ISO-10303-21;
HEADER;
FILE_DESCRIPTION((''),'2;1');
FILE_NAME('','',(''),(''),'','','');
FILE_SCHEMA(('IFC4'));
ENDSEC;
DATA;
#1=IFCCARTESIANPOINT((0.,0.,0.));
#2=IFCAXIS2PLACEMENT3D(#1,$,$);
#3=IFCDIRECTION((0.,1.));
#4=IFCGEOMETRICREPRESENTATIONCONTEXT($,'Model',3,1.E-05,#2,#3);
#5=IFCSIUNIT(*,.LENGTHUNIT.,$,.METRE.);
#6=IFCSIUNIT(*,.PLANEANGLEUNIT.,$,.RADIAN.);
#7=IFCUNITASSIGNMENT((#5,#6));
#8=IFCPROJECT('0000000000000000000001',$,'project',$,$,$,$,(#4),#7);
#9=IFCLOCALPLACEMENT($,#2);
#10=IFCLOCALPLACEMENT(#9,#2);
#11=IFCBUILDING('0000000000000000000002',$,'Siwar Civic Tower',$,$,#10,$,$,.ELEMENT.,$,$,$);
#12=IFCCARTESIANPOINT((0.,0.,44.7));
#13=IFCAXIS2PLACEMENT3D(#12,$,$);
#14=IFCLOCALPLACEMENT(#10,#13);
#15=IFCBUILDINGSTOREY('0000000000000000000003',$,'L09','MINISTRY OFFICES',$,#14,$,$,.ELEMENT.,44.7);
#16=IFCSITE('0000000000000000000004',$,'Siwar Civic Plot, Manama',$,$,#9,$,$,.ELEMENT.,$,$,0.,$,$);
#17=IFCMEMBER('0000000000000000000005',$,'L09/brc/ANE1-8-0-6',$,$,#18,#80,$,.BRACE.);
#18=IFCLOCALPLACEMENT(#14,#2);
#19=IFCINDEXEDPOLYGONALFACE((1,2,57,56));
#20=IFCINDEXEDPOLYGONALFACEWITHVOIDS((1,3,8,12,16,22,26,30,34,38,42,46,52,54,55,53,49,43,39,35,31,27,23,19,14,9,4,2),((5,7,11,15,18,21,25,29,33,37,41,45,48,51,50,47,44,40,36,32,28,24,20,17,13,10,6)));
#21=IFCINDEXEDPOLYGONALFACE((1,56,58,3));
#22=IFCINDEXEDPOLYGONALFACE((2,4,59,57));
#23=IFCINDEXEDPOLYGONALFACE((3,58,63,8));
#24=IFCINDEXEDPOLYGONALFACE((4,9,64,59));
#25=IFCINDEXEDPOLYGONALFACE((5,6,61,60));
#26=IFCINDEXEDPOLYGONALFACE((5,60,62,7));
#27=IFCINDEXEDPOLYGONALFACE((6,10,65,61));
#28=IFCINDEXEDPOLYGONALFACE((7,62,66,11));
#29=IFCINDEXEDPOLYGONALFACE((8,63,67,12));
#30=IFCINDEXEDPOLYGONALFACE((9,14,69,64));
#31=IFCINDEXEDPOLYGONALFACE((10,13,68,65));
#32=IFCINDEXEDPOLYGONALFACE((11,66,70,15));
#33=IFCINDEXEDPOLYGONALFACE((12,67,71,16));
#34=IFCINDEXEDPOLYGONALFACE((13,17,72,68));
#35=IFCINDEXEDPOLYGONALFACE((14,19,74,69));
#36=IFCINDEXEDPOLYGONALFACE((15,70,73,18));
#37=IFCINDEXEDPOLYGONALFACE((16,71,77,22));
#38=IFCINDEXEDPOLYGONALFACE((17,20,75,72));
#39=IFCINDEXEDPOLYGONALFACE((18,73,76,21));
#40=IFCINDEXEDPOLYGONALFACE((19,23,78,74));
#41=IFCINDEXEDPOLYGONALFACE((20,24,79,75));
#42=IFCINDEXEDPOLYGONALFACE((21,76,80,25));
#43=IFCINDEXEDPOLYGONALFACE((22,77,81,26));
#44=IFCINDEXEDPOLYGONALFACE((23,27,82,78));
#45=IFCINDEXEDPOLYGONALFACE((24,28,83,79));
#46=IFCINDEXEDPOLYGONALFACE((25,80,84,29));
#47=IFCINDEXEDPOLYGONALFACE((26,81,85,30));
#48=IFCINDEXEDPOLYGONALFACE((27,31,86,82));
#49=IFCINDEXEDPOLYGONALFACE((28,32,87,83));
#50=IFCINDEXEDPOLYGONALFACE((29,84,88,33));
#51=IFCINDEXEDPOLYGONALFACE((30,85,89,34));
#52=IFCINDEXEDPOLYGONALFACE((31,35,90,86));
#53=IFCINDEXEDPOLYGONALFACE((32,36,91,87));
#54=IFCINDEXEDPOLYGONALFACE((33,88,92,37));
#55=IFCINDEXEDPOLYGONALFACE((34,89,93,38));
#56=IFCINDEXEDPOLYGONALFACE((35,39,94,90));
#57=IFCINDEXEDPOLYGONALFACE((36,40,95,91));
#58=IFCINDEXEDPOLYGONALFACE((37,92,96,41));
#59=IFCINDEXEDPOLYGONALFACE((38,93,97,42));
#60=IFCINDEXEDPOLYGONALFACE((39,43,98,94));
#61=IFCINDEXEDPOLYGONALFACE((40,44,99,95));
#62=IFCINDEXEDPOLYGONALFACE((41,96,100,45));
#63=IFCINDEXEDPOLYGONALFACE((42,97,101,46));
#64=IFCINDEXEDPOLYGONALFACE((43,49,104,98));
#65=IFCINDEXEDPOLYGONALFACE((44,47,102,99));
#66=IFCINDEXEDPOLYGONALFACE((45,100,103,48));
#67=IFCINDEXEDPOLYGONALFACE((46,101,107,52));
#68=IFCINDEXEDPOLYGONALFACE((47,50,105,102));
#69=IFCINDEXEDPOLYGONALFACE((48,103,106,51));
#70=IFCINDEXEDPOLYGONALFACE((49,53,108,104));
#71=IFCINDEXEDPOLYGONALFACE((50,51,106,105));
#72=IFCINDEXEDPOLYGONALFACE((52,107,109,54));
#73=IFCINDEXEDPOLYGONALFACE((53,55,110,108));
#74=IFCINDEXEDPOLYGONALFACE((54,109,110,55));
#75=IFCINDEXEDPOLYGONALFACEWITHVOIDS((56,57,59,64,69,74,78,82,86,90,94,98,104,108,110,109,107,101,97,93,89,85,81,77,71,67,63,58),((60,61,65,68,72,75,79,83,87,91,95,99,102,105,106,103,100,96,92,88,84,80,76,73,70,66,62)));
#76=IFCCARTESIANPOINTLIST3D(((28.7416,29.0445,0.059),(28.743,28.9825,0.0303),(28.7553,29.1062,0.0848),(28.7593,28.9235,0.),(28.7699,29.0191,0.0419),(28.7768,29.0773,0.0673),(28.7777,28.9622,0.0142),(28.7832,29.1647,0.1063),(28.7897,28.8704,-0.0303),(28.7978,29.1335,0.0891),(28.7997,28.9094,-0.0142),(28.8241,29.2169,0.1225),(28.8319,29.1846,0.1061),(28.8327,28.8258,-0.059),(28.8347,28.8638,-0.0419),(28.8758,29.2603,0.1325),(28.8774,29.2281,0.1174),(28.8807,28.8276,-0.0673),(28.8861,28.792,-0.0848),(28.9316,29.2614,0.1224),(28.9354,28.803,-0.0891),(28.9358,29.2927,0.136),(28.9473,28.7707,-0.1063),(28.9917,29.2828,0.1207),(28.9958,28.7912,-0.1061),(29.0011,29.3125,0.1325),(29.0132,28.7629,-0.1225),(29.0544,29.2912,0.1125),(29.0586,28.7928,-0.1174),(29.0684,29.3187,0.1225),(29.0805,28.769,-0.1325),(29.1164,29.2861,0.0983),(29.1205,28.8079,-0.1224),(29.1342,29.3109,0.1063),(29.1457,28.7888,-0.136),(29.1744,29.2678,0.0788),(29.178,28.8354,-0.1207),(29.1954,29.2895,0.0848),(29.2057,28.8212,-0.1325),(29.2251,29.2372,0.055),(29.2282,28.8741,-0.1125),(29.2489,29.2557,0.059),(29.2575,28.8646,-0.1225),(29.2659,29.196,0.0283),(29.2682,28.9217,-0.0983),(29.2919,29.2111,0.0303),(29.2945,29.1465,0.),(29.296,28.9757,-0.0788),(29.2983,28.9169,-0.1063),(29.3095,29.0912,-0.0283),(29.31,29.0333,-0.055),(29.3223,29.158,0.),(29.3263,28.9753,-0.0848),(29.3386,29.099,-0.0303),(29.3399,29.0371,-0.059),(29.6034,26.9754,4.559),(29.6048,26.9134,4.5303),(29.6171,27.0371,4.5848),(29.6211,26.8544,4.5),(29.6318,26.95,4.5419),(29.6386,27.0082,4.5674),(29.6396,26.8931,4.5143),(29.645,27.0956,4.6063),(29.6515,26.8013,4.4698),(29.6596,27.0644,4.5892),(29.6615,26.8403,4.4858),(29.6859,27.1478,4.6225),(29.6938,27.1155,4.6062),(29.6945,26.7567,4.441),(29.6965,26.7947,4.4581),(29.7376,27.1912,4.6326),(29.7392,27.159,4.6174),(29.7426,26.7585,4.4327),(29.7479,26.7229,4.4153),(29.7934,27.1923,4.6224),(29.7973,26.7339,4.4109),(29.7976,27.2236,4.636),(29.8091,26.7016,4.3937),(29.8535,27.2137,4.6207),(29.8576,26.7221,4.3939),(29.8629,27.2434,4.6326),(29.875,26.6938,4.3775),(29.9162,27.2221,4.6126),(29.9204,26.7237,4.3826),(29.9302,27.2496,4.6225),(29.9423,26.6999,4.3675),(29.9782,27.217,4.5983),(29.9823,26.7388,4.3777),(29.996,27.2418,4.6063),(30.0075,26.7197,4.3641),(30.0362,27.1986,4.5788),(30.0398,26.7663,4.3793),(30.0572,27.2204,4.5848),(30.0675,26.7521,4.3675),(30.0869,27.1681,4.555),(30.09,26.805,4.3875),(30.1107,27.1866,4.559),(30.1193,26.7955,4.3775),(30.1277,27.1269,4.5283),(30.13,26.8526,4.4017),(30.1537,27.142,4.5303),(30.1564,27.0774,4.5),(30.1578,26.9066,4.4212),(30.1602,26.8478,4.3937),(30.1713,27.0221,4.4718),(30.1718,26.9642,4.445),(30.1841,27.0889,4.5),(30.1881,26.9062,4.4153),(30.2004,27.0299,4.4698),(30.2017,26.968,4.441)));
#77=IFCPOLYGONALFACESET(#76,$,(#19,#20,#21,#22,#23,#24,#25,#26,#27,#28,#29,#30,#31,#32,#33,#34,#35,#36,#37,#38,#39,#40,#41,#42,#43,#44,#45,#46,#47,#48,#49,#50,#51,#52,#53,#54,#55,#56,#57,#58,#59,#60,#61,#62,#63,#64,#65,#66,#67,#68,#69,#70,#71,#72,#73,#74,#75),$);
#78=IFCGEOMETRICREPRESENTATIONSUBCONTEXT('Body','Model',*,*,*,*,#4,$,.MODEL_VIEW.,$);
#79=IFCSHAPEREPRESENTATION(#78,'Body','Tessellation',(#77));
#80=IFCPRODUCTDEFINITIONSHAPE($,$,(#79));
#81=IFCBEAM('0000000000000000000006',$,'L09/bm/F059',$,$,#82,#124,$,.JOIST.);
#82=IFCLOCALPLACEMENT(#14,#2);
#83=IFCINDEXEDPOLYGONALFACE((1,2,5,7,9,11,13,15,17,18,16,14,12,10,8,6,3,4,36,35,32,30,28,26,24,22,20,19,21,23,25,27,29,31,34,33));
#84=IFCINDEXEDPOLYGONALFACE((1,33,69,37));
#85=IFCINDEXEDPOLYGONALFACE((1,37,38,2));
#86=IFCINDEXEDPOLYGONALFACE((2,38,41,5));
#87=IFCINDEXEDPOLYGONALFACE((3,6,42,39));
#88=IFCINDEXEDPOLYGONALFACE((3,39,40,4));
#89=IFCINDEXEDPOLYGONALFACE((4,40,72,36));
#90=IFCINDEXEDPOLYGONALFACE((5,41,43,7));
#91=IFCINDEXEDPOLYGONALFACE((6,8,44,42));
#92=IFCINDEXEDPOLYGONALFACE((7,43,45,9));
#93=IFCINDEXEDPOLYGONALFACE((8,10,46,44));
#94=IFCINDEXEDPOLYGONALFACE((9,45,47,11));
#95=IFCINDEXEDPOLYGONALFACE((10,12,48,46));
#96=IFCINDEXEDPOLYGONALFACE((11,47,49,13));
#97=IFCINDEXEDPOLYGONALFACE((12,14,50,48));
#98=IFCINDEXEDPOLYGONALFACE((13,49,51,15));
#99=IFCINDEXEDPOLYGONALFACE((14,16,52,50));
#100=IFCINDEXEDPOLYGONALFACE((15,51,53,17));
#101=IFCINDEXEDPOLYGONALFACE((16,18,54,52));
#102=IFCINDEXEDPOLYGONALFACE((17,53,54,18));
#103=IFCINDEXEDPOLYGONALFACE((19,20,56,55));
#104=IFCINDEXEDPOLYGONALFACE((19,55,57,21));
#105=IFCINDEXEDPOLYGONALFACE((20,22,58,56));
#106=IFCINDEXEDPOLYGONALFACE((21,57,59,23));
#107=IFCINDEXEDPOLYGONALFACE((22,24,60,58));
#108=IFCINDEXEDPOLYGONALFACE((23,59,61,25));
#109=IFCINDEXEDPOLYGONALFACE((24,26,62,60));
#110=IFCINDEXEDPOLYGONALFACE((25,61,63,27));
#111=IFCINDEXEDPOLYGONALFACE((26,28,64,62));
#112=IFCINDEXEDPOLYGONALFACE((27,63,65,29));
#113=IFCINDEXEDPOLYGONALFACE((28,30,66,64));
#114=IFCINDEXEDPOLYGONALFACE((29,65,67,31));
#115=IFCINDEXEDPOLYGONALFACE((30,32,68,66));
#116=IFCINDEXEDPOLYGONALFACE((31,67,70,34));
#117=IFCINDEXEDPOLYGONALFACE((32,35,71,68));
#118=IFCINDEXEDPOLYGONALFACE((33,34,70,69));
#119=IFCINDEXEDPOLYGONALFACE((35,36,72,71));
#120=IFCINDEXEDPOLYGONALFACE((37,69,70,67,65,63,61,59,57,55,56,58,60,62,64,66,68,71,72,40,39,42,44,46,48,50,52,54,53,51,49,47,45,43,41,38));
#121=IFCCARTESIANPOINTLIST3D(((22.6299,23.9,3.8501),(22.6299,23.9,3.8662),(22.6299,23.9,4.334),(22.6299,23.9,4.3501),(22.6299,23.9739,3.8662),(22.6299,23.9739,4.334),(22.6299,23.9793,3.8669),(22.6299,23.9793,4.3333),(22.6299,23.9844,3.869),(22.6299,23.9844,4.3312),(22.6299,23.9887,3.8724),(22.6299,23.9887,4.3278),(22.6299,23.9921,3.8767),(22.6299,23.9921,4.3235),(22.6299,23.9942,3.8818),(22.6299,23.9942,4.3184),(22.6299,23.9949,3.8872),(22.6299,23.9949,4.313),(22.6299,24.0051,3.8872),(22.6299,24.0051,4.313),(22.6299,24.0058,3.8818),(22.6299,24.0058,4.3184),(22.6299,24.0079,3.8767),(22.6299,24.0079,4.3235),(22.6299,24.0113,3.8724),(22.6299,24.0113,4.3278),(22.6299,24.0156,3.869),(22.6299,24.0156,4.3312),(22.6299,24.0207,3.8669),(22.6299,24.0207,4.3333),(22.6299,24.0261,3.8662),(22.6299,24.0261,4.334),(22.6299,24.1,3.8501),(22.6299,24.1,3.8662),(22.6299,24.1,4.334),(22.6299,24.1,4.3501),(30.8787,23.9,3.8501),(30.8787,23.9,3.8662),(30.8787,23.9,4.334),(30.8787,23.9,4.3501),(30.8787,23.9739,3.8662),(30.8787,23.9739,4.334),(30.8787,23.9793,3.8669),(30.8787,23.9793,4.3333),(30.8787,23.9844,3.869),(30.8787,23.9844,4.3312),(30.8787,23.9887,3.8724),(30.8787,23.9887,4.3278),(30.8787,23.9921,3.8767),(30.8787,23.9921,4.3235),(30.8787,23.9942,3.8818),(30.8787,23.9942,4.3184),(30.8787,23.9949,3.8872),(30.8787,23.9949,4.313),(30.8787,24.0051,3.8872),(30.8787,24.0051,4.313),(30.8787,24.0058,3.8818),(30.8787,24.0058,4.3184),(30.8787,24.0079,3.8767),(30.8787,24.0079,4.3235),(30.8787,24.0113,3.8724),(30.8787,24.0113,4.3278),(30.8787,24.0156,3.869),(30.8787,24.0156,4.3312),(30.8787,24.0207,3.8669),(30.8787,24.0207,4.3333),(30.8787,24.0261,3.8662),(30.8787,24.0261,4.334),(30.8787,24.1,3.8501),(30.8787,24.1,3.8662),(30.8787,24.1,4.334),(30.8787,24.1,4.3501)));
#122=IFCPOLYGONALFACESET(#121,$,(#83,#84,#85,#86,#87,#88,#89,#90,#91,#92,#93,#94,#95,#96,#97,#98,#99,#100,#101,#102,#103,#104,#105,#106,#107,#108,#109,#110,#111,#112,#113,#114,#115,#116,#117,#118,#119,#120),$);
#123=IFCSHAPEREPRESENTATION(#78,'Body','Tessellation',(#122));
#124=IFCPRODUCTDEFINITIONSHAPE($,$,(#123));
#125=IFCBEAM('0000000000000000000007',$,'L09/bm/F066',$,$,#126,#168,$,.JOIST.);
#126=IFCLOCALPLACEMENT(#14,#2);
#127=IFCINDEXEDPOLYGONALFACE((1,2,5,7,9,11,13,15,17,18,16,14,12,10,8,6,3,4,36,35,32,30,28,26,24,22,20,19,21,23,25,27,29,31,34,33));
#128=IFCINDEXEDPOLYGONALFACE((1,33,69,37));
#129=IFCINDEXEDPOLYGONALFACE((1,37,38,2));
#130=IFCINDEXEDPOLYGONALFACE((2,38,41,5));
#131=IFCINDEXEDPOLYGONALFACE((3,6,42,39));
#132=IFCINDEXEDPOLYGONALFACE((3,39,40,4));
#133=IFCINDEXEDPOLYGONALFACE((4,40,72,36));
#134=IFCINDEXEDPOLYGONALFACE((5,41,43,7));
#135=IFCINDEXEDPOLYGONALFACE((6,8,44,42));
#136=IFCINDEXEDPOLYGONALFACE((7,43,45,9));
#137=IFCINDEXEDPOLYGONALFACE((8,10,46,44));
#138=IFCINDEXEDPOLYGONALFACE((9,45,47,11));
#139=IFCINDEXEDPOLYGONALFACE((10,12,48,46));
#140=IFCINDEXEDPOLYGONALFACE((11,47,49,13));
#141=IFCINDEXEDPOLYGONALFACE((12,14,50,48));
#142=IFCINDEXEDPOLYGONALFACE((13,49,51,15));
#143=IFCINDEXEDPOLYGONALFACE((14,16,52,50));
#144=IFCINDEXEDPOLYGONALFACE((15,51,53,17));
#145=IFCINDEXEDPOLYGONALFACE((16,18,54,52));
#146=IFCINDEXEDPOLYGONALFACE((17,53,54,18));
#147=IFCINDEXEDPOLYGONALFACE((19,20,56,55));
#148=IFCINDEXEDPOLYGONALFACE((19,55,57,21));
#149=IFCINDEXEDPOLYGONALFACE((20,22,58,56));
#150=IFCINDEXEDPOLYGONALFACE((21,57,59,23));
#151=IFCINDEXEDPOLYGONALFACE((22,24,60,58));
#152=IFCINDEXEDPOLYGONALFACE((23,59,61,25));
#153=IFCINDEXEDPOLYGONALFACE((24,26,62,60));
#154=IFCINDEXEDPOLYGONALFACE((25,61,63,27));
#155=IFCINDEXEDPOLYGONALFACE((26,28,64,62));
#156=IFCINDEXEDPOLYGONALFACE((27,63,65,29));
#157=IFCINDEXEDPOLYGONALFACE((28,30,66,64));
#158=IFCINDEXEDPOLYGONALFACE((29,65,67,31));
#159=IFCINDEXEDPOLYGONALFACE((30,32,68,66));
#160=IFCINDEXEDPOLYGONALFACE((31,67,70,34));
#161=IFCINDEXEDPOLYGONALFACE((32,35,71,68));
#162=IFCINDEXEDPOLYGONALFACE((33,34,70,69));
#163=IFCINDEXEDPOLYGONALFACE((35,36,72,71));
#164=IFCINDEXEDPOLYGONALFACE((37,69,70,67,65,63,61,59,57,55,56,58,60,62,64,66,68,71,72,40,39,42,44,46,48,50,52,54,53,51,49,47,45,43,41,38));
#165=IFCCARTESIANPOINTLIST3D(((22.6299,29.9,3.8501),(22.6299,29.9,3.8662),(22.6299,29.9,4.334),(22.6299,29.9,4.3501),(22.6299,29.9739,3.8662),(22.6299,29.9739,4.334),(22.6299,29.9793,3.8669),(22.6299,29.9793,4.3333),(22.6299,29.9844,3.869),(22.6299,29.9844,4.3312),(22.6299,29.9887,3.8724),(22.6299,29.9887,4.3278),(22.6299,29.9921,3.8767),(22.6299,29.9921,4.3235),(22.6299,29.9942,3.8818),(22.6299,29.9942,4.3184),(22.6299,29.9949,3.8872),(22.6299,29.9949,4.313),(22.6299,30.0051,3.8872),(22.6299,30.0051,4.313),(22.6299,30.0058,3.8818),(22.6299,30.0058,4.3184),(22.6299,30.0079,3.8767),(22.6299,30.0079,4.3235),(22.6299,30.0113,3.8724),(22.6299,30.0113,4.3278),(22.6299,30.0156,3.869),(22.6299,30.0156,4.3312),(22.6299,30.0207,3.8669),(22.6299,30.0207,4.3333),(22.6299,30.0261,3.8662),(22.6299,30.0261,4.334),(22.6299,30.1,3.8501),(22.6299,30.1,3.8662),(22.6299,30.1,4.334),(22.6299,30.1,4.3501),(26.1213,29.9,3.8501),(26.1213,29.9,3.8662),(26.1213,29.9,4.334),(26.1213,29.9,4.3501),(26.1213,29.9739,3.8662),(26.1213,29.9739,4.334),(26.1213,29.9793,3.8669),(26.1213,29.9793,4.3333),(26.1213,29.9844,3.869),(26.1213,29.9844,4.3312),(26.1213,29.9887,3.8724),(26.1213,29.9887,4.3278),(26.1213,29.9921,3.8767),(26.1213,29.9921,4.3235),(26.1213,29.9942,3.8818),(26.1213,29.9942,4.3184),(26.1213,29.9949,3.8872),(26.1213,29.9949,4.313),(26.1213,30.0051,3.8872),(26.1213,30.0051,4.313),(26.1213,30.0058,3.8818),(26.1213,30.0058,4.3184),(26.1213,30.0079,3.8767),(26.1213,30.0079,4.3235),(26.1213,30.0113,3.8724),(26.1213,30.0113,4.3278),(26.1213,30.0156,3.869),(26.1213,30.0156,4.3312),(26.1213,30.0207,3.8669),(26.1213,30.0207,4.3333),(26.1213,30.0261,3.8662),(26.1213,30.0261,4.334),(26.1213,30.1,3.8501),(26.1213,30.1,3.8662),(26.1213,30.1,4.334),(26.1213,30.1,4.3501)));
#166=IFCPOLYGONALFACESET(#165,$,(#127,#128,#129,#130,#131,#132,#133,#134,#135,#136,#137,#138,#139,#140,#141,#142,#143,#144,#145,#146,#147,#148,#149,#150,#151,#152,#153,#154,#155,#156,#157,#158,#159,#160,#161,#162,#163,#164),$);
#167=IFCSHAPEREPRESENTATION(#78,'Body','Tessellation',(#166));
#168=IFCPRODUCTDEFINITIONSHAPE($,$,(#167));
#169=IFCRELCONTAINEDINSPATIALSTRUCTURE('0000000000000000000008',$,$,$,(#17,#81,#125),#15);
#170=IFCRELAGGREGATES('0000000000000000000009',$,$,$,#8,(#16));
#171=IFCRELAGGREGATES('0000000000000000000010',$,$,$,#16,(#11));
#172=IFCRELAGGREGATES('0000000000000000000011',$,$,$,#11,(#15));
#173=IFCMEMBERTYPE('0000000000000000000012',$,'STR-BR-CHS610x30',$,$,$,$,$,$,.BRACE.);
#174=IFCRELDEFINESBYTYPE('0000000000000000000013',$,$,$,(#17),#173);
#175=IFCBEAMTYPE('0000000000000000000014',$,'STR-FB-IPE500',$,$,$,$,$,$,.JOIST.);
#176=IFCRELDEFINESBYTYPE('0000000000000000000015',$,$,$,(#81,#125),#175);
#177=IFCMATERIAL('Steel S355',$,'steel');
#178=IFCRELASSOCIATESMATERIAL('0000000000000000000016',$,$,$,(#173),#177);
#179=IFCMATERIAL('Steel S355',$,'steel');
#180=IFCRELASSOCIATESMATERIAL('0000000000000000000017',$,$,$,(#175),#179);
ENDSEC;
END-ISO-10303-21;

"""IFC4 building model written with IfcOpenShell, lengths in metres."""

from ifc_helpers import new_model, si_unit, direction, frame, origin, origin_2d, place, context, subcontext, project, spatial, hollow_circle, i_section, extrude, material, material_profile, profile_set, type_object, element, save


model = new_model("IFC4")

# Units and contexts
model_context = context("Model", 3, precision=1e-05, world=origin(), true_north=direction((0.0, 1.0)))
body_context = subcontext(model_context, "Body", "Model", "MODEL_VIEW")
ifc_project = project(units=[si_unit("LENGTHUNIT", "METRE"), si_unit("PLANEANGLEUNIT", "RADIAN")], contexts=[model_context])

# Site, building, storey
site_placement = place(None, origin())
site = spatial("IfcSite", under=ifc_project, at=site_placement, Name="Siwar Civic Plot, Manama", CompositionType="ELEMENT", RefElevation=0.0)
building_placement = place(site_placement, origin())
building = spatial("IfcBuilding", under=site, at=building_placement, Name="Siwar Civic Tower", CompositionType="ELEMENT")
storey_placement = place(building_placement, frame((0.0, 0.0, 44.7)))
storey = spatial("IfcBuildingStorey", under=building, at=storey_placement, Name="L09", Description="MINISTRY OFFICES", CompositionType="ELEMENT", Elevation=44.7)

# Member
ifc_material_1 = material(Name="Steel S355", Category="steel")
ifc_material_profile_1 = material_profile(ifc_material_1, hollow_circle(Radius=0.3049, WallThickness=0.03, at=origin_2d()), Name="CHS610x30")
ifc_profile_set_1 = profile_set([ifc_material_profile_1], Name="Steel S355")
member_type_1 = type_object("IfcMemberType", Name="STR-BR-CHS610x30", PredefinedType="BRACE", material=ifc_profile_set_1)
member_1_placement = place(storey_placement, frame((29.0408, 29.0408, 0.0), z_axis=(0.171427, -0.41157, 0.895111), x_axis=(0.923125, 0.384499, 0.0)))
element("IfcMember", 1, at=member_1_placement, inside=storey, type_object=member_type_1, Name="L09/brc/ANE1-8-0-6", PredefinedType="BRACE", context=body_context, shape_type="SweptSolid", body=[
    extrude(hollow_circle(Radius=0.3049, WallThickness=0.03, at=origin_2d()), origin(), (0.0, 0.0, 1.0), 5.0273),
])

# Beams
ifc_material_2 = material(Name="Steel S355", Category="steel")
ifc_material_profile_2 = material_profile(ifc_material_2, i_section(OverallWidth=0.2, OverallDepth=0.5, WebThickness=0.0103, FlangeThickness=0.0161, FilletRadius=0.021, at=origin_2d()), Name="IPE500")
ifc_profile_set_2 = profile_set([ifc_material_profile_2], Name="Steel S355")
beam_type_1 = type_object("IfcBeamType", Name="STR-FB-IPE500", PredefinedType="JOIST", material=ifc_profile_set_2)
beam_1_placement = place(storey_placement, frame((22.6299, 24.0, 4.1001), z_axis=(1.0, 0.0, 0.0), x_axis=(0.0, 1.0, 0.0)))
element("IfcBeam", 2, at=beam_1_placement, inside=storey, type_object=beam_type_1, Name="L09/bm/F059", PredefinedType="JOIST", context=body_context, shape_type="SweptSolid", body=[
    extrude(i_section(OverallWidth=0.2, OverallDepth=0.5, WebThickness=0.0103, FlangeThickness=0.0161, FilletRadius=0.021, at=origin_2d()), origin(), (0.0, 0.0, 1.0), 8.2488),
])
beam_2_placement = place(storey_placement, frame((22.6299, 30.0, 4.1001), z_axis=(1.0, 0.0, 0.0), x_axis=(0.0, 1.0, 0.0)))
element("IfcBeam", 3, at=beam_2_placement, inside=storey, type_object=beam_type_1, Name="L09/bm/F066", PredefinedType="JOIST", context=body_context, shape_type="SweptSolid", body=[
    extrude(i_section(OverallWidth=0.2, OverallDepth=0.5, WebThickness=0.0103, FlangeThickness=0.0161, FilletRadius=0.021, at=origin_2d()), origin(), (0.0, 0.0, 1.0), 3.4915),
])

save(model, "model.ifc")
